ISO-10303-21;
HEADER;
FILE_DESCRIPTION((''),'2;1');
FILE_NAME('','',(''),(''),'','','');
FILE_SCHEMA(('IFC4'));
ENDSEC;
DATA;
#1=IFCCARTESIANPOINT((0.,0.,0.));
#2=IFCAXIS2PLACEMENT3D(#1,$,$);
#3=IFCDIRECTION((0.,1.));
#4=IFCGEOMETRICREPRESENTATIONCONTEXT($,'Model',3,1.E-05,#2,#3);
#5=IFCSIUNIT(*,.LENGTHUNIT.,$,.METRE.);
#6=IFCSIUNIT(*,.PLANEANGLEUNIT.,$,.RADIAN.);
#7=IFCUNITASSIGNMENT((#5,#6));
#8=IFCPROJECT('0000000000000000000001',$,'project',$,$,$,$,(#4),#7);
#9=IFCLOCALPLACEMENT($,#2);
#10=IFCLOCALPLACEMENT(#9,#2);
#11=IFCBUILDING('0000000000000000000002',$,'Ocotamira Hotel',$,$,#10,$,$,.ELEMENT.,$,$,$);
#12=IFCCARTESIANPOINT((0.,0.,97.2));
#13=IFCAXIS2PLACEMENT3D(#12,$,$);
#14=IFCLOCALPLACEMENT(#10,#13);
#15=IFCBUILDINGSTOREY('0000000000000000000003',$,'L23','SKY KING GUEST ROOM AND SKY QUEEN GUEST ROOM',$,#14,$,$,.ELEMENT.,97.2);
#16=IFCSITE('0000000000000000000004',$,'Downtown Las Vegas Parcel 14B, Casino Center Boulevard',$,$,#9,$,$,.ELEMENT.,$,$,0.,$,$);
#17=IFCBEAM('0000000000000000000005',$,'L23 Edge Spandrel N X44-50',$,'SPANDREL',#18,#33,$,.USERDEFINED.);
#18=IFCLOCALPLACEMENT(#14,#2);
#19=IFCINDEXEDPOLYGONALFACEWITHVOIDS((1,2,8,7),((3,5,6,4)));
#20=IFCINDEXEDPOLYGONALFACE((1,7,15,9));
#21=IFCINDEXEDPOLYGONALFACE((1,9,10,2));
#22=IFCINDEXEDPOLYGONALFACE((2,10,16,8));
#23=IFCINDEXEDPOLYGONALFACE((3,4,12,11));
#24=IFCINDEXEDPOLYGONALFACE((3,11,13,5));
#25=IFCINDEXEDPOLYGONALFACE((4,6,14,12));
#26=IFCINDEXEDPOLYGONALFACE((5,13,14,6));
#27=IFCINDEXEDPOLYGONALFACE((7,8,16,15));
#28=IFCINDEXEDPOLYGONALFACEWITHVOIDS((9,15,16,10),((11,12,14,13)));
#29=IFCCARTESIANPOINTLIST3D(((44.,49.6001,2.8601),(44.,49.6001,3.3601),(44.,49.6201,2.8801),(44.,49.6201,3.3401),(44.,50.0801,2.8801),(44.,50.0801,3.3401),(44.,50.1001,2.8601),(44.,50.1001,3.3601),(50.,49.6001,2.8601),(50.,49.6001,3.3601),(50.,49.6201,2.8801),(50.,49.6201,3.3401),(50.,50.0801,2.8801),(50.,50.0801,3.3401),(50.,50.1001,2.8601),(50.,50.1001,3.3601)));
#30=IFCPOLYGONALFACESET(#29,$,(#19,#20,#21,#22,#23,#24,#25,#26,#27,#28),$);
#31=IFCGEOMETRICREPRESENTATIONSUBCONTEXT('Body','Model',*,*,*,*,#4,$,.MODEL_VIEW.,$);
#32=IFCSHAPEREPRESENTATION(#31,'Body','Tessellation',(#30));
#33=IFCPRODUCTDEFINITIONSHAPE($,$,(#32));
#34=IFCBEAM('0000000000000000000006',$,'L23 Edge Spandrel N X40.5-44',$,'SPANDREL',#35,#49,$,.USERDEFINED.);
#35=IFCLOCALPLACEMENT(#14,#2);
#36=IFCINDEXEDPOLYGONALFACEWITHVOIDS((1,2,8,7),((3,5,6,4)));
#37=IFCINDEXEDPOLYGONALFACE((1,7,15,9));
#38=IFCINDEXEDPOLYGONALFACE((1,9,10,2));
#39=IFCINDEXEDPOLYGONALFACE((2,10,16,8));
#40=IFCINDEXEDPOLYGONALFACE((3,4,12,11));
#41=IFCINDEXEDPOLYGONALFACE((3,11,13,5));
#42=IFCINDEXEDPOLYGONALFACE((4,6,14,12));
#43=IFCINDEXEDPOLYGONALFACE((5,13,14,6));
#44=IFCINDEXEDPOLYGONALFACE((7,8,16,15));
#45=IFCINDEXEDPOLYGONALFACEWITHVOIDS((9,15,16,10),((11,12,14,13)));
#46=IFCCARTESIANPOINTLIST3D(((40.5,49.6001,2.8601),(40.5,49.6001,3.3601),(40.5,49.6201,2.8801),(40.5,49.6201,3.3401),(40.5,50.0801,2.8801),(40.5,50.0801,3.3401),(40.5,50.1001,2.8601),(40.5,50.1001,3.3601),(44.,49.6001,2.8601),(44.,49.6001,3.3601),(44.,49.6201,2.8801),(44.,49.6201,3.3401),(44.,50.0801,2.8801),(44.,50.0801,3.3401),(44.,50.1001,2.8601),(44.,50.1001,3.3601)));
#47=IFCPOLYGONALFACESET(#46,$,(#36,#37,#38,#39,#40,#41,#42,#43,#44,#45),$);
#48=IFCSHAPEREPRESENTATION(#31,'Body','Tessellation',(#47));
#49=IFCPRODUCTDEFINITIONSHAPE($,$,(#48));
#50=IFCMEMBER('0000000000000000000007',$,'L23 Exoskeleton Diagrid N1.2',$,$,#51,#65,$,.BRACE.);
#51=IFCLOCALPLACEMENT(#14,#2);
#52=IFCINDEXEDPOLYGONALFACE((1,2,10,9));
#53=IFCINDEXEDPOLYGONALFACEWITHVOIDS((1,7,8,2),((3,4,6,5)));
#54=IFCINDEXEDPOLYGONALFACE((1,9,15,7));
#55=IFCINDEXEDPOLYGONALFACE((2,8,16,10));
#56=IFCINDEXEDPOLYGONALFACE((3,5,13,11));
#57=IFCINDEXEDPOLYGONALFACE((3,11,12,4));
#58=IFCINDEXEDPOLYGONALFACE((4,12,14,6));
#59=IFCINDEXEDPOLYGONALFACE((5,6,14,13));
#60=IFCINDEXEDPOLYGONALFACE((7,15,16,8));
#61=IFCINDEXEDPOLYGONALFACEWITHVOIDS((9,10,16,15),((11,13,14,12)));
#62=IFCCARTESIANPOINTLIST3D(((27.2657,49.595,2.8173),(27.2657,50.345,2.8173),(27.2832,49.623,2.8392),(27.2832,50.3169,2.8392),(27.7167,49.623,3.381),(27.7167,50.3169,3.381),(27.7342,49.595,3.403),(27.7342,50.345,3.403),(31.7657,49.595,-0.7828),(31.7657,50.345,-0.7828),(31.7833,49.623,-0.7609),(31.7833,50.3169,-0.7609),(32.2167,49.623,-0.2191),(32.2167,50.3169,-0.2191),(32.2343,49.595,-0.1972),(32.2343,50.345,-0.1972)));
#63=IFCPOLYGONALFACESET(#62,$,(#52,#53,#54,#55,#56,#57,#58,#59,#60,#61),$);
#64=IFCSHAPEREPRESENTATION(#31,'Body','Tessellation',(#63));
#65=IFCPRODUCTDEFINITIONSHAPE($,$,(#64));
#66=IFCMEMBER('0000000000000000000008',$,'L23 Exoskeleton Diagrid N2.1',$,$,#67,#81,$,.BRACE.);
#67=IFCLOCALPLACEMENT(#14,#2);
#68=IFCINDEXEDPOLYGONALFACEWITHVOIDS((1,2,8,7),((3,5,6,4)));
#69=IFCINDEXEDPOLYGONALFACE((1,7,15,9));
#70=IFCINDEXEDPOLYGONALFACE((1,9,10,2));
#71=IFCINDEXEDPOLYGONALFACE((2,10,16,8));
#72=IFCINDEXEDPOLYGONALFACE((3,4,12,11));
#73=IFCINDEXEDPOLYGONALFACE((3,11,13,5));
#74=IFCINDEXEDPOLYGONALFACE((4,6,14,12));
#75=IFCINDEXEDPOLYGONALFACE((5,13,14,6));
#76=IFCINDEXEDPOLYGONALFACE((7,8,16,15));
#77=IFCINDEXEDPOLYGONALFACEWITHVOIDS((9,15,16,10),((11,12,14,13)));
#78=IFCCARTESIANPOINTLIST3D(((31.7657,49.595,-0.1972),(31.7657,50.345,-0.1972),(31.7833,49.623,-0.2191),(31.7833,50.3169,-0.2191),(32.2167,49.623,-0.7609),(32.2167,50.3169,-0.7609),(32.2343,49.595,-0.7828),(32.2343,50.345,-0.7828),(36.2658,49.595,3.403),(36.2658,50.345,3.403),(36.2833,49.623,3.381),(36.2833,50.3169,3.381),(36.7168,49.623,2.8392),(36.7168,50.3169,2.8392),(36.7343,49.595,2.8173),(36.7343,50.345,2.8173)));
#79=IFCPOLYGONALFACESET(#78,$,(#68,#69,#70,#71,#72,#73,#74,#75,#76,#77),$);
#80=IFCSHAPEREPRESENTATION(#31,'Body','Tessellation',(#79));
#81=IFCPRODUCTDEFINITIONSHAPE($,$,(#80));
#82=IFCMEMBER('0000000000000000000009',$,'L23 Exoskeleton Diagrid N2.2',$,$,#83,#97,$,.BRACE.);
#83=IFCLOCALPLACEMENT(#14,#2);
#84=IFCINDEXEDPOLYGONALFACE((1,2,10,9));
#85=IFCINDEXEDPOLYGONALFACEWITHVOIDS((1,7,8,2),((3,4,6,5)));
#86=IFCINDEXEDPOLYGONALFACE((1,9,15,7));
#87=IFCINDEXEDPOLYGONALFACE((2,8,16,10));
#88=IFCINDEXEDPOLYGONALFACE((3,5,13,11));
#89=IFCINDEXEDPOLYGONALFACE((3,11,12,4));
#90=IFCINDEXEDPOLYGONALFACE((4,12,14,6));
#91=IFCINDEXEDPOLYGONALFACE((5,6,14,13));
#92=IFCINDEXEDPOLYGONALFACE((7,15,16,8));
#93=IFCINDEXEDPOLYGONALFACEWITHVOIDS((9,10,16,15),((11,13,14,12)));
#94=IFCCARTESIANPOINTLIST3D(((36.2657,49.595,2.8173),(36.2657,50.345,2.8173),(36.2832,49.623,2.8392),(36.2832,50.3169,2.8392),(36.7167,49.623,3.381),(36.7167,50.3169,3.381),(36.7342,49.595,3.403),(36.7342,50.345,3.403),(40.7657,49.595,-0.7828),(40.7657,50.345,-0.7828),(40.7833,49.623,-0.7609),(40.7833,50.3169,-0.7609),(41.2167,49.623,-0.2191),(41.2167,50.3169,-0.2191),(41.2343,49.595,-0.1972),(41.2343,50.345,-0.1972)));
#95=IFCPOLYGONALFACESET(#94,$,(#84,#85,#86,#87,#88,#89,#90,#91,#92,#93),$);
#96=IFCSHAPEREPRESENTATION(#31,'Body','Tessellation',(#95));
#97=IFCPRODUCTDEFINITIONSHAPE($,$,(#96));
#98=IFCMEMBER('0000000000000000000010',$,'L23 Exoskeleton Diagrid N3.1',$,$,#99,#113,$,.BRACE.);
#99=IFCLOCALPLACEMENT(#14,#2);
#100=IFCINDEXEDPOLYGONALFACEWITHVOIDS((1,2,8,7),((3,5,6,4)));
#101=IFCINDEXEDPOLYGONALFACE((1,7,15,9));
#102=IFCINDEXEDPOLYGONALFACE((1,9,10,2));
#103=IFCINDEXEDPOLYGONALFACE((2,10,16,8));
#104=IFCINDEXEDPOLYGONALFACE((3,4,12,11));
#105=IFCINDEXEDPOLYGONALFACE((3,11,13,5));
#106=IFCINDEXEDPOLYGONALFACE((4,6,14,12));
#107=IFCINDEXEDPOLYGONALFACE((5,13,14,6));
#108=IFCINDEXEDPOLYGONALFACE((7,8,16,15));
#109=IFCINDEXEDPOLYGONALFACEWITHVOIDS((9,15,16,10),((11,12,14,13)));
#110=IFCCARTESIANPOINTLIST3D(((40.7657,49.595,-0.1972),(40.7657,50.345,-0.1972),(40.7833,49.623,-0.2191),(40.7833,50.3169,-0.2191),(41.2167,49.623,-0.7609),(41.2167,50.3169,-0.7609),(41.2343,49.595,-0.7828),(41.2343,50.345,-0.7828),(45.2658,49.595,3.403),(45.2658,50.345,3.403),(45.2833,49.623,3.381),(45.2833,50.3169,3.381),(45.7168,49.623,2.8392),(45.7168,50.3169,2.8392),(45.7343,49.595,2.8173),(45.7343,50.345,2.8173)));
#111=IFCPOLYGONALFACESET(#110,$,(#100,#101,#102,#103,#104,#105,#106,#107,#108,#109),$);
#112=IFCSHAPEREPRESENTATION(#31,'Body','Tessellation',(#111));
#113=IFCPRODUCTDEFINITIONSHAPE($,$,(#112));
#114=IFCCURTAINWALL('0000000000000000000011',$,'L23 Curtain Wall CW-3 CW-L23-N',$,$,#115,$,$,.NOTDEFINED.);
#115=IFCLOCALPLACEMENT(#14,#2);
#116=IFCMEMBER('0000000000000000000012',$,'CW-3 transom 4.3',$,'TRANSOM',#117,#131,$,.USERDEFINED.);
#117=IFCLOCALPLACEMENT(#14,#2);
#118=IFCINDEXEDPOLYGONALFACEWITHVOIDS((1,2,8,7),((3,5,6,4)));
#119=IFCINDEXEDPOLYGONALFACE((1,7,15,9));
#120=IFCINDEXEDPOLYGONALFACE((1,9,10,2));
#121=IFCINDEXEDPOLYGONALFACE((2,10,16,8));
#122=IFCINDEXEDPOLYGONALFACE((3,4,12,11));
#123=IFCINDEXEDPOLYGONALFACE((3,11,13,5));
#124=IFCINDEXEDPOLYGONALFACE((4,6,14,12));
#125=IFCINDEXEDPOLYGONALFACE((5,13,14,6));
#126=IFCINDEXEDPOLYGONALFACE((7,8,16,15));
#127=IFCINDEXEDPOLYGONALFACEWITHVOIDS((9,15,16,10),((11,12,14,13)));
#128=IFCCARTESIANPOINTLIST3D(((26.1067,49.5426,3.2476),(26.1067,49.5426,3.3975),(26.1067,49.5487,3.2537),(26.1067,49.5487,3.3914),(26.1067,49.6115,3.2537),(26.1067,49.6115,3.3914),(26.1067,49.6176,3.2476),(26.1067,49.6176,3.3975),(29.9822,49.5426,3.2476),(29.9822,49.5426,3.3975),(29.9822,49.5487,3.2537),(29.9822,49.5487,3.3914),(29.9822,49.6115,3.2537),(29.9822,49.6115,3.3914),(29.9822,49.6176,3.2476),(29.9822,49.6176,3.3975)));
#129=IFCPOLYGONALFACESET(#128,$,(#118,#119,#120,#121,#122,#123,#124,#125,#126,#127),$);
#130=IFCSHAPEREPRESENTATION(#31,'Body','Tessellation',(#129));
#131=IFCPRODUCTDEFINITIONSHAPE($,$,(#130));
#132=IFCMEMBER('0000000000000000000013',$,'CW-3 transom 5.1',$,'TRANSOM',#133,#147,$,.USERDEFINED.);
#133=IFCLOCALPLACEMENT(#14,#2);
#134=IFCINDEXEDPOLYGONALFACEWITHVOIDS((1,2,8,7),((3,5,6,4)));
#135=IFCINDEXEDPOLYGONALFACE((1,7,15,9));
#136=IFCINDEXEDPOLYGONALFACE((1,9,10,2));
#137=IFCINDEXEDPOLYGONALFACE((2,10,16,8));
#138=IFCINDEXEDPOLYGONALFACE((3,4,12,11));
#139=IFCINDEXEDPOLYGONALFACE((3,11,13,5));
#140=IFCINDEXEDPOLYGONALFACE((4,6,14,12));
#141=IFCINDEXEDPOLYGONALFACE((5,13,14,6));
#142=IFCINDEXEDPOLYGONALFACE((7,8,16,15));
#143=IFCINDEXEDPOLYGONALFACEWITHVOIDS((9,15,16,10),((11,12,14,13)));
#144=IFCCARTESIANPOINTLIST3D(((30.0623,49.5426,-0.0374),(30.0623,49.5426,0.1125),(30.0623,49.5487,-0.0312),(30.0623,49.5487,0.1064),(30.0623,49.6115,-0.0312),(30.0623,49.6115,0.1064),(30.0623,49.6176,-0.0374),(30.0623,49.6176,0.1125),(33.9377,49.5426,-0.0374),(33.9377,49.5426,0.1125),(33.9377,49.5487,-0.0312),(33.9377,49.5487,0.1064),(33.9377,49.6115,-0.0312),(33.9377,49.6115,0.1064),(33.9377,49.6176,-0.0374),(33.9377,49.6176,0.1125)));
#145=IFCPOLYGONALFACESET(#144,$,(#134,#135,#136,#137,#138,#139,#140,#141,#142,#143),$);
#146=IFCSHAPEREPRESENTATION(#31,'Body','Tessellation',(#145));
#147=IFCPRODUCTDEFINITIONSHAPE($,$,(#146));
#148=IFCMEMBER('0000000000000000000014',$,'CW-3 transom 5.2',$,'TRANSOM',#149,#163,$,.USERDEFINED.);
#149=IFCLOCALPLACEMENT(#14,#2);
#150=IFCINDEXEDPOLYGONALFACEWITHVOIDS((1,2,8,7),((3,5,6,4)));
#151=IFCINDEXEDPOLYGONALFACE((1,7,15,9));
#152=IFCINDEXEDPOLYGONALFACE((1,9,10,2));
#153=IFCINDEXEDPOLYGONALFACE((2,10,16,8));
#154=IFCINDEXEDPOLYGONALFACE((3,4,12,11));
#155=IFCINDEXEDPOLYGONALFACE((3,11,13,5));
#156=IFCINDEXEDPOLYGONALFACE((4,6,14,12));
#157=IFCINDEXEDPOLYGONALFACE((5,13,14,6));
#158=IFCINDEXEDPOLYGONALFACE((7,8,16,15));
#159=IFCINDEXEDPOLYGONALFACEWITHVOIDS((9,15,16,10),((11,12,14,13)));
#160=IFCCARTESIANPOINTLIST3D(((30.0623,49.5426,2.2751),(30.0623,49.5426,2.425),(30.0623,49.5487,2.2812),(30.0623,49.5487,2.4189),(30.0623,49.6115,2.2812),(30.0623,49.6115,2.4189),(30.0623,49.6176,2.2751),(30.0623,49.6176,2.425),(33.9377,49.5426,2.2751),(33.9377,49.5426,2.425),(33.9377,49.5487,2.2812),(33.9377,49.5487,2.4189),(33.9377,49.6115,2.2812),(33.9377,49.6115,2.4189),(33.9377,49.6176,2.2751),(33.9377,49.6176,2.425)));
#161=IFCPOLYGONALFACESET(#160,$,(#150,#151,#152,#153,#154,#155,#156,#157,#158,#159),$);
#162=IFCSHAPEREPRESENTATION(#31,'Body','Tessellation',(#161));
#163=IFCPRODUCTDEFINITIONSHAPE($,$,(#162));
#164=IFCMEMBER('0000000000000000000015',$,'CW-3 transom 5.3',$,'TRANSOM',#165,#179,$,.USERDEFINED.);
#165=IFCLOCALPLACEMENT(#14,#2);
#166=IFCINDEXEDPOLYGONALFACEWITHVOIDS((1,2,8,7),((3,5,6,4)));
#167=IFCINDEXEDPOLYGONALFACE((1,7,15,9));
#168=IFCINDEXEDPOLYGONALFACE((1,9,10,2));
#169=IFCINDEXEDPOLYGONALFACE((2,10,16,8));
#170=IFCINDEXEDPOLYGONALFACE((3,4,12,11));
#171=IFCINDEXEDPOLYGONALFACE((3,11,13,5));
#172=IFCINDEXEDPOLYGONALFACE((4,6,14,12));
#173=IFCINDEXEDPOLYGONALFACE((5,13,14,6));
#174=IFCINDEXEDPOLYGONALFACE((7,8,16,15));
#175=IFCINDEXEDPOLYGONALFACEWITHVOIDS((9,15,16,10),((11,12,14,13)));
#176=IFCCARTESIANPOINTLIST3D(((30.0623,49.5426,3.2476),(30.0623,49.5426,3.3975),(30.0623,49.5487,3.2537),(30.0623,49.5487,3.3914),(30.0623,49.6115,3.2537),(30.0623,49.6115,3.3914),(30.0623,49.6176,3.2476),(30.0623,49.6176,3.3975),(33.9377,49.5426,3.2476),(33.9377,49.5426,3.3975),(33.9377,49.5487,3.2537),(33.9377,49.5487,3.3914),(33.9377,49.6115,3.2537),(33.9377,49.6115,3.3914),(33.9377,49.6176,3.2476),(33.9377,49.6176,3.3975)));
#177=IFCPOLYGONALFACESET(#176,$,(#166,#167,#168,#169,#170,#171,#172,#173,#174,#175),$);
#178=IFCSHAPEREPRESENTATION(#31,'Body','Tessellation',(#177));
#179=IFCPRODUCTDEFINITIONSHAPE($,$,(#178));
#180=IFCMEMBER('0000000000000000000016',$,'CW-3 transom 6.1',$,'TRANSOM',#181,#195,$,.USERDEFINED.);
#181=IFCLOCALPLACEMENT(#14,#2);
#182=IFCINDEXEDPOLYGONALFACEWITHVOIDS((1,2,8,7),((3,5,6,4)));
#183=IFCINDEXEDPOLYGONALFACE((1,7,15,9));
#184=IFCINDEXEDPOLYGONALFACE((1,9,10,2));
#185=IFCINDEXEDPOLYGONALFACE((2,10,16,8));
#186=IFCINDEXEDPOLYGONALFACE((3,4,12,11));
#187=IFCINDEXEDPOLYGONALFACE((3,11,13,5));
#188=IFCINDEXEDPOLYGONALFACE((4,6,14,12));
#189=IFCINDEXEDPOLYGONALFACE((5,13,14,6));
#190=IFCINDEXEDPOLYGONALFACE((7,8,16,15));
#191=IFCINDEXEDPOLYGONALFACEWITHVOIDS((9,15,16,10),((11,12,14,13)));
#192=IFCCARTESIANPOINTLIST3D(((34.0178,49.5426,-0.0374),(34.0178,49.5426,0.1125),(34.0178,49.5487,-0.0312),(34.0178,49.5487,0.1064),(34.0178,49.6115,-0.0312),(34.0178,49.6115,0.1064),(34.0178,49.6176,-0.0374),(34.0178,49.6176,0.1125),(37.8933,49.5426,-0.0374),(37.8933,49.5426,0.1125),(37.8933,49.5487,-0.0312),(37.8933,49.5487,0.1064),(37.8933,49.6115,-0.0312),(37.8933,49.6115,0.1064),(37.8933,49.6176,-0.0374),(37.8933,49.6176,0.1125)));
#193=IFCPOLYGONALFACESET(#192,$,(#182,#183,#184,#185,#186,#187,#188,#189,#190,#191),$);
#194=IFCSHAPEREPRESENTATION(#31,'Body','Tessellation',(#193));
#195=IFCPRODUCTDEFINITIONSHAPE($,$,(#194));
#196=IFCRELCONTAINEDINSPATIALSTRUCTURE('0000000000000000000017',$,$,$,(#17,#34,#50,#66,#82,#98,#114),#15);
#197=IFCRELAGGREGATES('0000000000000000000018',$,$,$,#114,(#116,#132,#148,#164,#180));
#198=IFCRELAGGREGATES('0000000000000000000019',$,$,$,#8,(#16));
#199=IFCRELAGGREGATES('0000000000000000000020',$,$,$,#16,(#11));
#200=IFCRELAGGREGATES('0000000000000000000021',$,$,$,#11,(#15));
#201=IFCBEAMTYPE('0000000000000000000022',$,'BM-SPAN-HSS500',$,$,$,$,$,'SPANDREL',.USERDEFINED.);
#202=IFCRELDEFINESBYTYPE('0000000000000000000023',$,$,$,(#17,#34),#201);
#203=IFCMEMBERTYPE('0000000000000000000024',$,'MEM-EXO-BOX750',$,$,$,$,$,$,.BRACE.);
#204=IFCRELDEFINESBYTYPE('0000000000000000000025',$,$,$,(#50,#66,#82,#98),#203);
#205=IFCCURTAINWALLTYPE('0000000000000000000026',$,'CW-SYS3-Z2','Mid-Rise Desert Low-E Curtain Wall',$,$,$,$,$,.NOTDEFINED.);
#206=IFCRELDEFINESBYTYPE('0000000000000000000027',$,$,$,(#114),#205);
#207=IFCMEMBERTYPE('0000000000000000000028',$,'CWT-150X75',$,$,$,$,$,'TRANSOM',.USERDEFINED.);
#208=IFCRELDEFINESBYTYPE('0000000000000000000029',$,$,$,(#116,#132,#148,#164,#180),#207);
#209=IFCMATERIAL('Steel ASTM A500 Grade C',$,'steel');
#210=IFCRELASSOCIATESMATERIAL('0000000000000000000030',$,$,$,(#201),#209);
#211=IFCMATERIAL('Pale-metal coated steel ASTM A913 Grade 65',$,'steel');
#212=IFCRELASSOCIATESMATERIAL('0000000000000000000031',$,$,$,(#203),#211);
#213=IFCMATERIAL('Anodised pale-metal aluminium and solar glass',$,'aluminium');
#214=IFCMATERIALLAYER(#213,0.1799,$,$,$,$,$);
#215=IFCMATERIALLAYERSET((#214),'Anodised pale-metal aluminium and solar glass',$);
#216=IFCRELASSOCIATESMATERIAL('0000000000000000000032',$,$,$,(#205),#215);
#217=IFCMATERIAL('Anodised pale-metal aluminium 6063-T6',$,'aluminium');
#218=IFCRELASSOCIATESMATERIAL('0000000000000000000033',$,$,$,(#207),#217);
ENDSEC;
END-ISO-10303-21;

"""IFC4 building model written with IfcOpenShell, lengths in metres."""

from ifc_helpers import new_model, si_unit, direction, frame, origin, origin_2d, place, context, subcontext, project, spatial, hollow_rectangle, extrude, source, transform, mapped, material, layer, layer_set, material_profile, profile_set, type_object, element, aggregate, save


model = new_model("IFC4")

# Units and contexts
model_context = context("Model", 3, precision=1e-05, world=origin(), true_north=direction((0.0, 1.0)))
body_context = subcontext(model_context, "Body", "Model", "MODEL_VIEW")
ifc_project = project(units=[si_unit("LENGTHUNIT", "METRE"), si_unit("PLANEANGLEUNIT", "RADIAN")], contexts=[model_context])

# Site, building, storey
site_placement = place(None, origin())
site = spatial("IfcSite", under=ifc_project, at=site_placement, Name="Downtown Las Vegas Parcel 14B, Casino Center Boulevard", CompositionType="ELEMENT", RefElevation=0.0)
building_placement = place(site_placement, origin())
building = spatial("IfcBuilding", under=site, at=building_placement, Name="Ocotamira Hotel", CompositionType="ELEMENT")
storey_placement = place(building_placement, frame((0.0, 0.0, 97.2)))
storey = spatial("IfcBuildingStorey", under=building, at=storey_placement, Name="L23", Description="SKY KING GUEST ROOM AND SKY QUEEN GUEST ROOM", CompositionType="ELEMENT", Elevation=97.2)

# Beams
ifc_material_1 = material(Name="Steel ASTM A500 Grade C", Category="steel")
ifc_material_profile_1 = material_profile(ifc_material_1, hollow_rectangle(XDim=0.5, YDim=0.5, WallThickness=0.02, at=origin_2d()), Name="HSS500X500X20")
ifc_profile_set_1 = profile_set([ifc_material_profile_1], Name="Steel ASTM A500 Grade C")
beam_type = type_object("IfcBeamType", Name="BM-SPAN-HSS500", ElementType="SPANDREL", PredefinedType="USERDEFINED", material=ifc_profile_set_1)
shared_shape_1 = source(origin(), body_context, "Body", "SweptSolid", [
    extrude(hollow_rectangle(XDim=0.5, YDim=0.5, WallThickness=0.02, at=origin_2d()), origin(), (0.0, 0.0, 1.0), 6.0),
])
beam_1_placement = place(storey_placement, frame((44.0, 49.8501, 3.1101), z_axis=(1.0, 0.0, 0.0), x_axis=(0.0, 1.0, 0.0)))
element("IfcBeam", 1, at=beam_1_placement, inside=storey, type_object=beam_type, Name="L23 Edge Spandrel N X44-50", ObjectType="SPANDREL", PredefinedType="USERDEFINED", context=body_context, shape_type="MappedRepresentation", body=[
    mapped(shared_shape_1, transform((0.0, 0.0, 0.0), scale=1.0)),
])
shared_shape_2 = source(origin(), body_context, "Body", "SweptSolid", [
    extrude(hollow_rectangle(XDim=0.5, YDim=0.5, WallThickness=0.02, at=origin_2d()), origin(), (0.0, 0.0, 1.0), 3.5),
])
beam_2_placement = place(storey_placement, frame((40.5, 49.8501, 3.1101), z_axis=(1.0, 0.0, 0.0), x_axis=(0.0, 1.0, 0.0)))
element("IfcBeam", 2, at=beam_2_placement, inside=storey, type_object=beam_type, Name="L23 Edge Spandrel N X40.5-44", ObjectType="SPANDREL", PredefinedType="USERDEFINED", context=body_context, shape_type="MappedRepresentation", body=[
    mapped(shared_shape_2, transform((0.0, 0.0, 0.0), scale=1.0)),
])

# Members
ifc_material_2 = material(Name="Pale-metal coated steel ASTM A913 Grade 65", Category="steel")
ifc_material_profile_2 = material_profile(ifc_material_2, hollow_rectangle(XDim=0.75, YDim=0.75, WallThickness=0.0281, at=origin_2d()), Name="BOX750X750X28")
ifc_profile_set_2 = profile_set([ifc_material_profile_2], Name="Pale-metal coated steel ASTM A913 Grade 65")
member_type_1 = type_object("IfcMemberType", Name="MEM-EXO-BOX750", PredefinedType="BRACE", material=ifc_profile_set_2)
shared_shape_3 = source(origin(), body_context, "Body", "SweptSolid", [
    extrude(hollow_rectangle(XDim=0.75, YDim=0.75, WallThickness=0.0281, at=origin_2d()), origin(), (0.0, 0.0, 1.0), 5.7629),
])
for number, where, z_axis, x_axis, name in (
    (3, (32.0, 49.97, -0.49), (-0.780861, 0.0, 0.624705), (0.0, -1.0, 0.0), "L23 Exoskeleton Diagrid N1.2"),
    (4, (32.0, 49.97, -0.49), (0.780861, 0.0, 0.624705), (0.0, 1.0, 0.0), "L23 Exoskeleton Diagrid N2.1"),
    (5, (41.0, 49.97, -0.49), (-0.780861, 0.0, 0.624705), (0.0, -1.0, 0.0), "L23 Exoskeleton Diagrid N2.2"),
    (6, (41.0, 49.97, -0.49), (0.780861, 0.0, 0.624705), (0.0, 1.0, 0.0), "L23 Exoskeleton Diagrid N3.1"),
):
    element("IfcMember", number, at=place(storey_placement, frame(where, z_axis=z_axis, x_axis=x_axis)), inside=storey, type_object=member_type_1, Name=name, PredefinedType="BRACE", context=body_context, shape_type="MappedRepresentation", body=[
        mapped(shared_shape_3, transform((0.0, 0.0, 0.0), scale=1.0)),
    ])

# Curtain wall, members
ifc_material_3 = material(Name="Anodised pale-metal aluminium and solar glass", Category="aluminium")
ifc_layer_1 = layer(ifc_material_3, 0.1799)
ifc_layer_set_1 = layer_set([ifc_layer_1], Name="Anodised pale-metal aluminium and solar glass")
curtain_wall_type = type_object("IfcCurtainWallType", Name="CW-SYS3-Z2", Description="Mid-Rise Desert Low-E Curtain Wall", PredefinedType="NOTDEFINED", material=ifc_layer_set_1)
curtain_wall_placement = place(storey_placement, origin())
curtain_wall = element("IfcCurtainWall", 7, at=curtain_wall_placement, inside=storey, type_object=curtain_wall_type, Name="L23 Curtain Wall CW-3 CW-L23-N", PredefinedType="NOTDEFINED")
ifc_material_4 = material(Name="Anodised pale-metal aluminium 6063-T6", Category="aluminium")
ifc_material_profile_3 = material_profile(ifc_material_4, hollow_rectangle(XDim=0.075, YDim=0.1499, WallThickness=0.0061, at=origin_2d()), Name="HSS150X75X6")
ifc_profile_set_3 = profile_set([ifc_material_profile_3], Name="Anodised pale-metal aluminium 6063-T6")
member_type_2 = type_object("IfcMemberType", Name="CWT-150X75", ElementType="TRANSOM", PredefinedType="USERDEFINED", material=ifc_profile_set_3)
shared_shape_4 = source(origin(), body_context, "Body", "SweptSolid", [
    extrude(hollow_rectangle(XDim=0.075, YDim=0.1499, WallThickness=0.0061, at=origin_2d()), origin(), (0.0, 0.0, 1.0), 3.8755),
])
member_1_placement = place(storey_placement, frame((26.1067, 49.5801, 3.3225), z_axis=(1.0, 0.0, 0.0), x_axis=(0.0, 1.0, 0.0)))
member_1 = element("IfcMember", 8, at=member_1_placement, type_object=member_type_2, Name="CW-3 transom 4.3", ObjectType="TRANSOM", PredefinedType="USERDEFINED", context=body_context, shape_type="MappedRepresentation", body=[
    mapped(shared_shape_4, transform((0.0, 0.0, 0.0), scale=1.0)),
])
member_2_placement = place(storey_placement, frame((30.0623, 49.5801, 0.0376), z_axis=(1.0, 0.0, 0.0), x_axis=(0.0, 1.0, 0.0)))
member_2 = element("IfcMember", 9, at=member_2_placement, type_object=member_type_2, Name="CW-3 transom 5.1", ObjectType="TRANSOM", PredefinedType="USERDEFINED", context=body_context, shape_type="MappedRepresentation", body=[
    mapped(shared_shape_4, transform((0.0, 0.0, 0.0), scale=1.0)),
])
member_3_placement = place(storey_placement, frame((30.0623, 49.5801, 2.3501), z_axis=(1.0, 0.0, 0.0), x_axis=(0.0, 1.0, 0.0)))
member_3 = element("IfcMember", 10, at=member_3_placement, type_object=member_type_2, Name="CW-3 transom 5.2", ObjectType="TRANSOM", PredefinedType="USERDEFINED", context=body_context, shape_type="MappedRepresentation", body=[
    mapped(shared_shape_4, transform((0.0, 0.0, 0.0), scale=1.0)),
])
member_4_placement = place(storey_placement, frame((30.0623, 49.5801, 3.3225), z_axis=(1.0, 0.0, 0.0), x_axis=(0.0, 1.0, 0.0)))
member_4 = element("IfcMember", 11, at=member_4_placement, type_object=member_type_2, Name="CW-3 transom 5.3", ObjectType="TRANSOM", PredefinedType="USERDEFINED", context=body_context, shape_type="MappedRepresentation", body=[
    mapped(shared_shape_4, transform((0.0, 0.0, 0.0), scale=1.0)),
])
member_5_placement = place(storey_placement, frame((34.0178, 49.5801, 0.0376), z_axis=(1.0, 0.0, 0.0), x_axis=(0.0, 1.0, 0.0)))
member_5 = element("IfcMember", 12, at=member_5_placement, type_object=member_type_2, Name="CW-3 transom 6.1", ObjectType="TRANSOM", PredefinedType="USERDEFINED", context=body_context, shape_type="MappedRepresentation", body=[
    mapped(shared_shape_4, transform((0.0, 0.0, 0.0), scale=1.0)),
])

aggregate(curtain_wall, [member_1, member_2, member_3, member_4, member_5])

save(model, "model.ifc")
